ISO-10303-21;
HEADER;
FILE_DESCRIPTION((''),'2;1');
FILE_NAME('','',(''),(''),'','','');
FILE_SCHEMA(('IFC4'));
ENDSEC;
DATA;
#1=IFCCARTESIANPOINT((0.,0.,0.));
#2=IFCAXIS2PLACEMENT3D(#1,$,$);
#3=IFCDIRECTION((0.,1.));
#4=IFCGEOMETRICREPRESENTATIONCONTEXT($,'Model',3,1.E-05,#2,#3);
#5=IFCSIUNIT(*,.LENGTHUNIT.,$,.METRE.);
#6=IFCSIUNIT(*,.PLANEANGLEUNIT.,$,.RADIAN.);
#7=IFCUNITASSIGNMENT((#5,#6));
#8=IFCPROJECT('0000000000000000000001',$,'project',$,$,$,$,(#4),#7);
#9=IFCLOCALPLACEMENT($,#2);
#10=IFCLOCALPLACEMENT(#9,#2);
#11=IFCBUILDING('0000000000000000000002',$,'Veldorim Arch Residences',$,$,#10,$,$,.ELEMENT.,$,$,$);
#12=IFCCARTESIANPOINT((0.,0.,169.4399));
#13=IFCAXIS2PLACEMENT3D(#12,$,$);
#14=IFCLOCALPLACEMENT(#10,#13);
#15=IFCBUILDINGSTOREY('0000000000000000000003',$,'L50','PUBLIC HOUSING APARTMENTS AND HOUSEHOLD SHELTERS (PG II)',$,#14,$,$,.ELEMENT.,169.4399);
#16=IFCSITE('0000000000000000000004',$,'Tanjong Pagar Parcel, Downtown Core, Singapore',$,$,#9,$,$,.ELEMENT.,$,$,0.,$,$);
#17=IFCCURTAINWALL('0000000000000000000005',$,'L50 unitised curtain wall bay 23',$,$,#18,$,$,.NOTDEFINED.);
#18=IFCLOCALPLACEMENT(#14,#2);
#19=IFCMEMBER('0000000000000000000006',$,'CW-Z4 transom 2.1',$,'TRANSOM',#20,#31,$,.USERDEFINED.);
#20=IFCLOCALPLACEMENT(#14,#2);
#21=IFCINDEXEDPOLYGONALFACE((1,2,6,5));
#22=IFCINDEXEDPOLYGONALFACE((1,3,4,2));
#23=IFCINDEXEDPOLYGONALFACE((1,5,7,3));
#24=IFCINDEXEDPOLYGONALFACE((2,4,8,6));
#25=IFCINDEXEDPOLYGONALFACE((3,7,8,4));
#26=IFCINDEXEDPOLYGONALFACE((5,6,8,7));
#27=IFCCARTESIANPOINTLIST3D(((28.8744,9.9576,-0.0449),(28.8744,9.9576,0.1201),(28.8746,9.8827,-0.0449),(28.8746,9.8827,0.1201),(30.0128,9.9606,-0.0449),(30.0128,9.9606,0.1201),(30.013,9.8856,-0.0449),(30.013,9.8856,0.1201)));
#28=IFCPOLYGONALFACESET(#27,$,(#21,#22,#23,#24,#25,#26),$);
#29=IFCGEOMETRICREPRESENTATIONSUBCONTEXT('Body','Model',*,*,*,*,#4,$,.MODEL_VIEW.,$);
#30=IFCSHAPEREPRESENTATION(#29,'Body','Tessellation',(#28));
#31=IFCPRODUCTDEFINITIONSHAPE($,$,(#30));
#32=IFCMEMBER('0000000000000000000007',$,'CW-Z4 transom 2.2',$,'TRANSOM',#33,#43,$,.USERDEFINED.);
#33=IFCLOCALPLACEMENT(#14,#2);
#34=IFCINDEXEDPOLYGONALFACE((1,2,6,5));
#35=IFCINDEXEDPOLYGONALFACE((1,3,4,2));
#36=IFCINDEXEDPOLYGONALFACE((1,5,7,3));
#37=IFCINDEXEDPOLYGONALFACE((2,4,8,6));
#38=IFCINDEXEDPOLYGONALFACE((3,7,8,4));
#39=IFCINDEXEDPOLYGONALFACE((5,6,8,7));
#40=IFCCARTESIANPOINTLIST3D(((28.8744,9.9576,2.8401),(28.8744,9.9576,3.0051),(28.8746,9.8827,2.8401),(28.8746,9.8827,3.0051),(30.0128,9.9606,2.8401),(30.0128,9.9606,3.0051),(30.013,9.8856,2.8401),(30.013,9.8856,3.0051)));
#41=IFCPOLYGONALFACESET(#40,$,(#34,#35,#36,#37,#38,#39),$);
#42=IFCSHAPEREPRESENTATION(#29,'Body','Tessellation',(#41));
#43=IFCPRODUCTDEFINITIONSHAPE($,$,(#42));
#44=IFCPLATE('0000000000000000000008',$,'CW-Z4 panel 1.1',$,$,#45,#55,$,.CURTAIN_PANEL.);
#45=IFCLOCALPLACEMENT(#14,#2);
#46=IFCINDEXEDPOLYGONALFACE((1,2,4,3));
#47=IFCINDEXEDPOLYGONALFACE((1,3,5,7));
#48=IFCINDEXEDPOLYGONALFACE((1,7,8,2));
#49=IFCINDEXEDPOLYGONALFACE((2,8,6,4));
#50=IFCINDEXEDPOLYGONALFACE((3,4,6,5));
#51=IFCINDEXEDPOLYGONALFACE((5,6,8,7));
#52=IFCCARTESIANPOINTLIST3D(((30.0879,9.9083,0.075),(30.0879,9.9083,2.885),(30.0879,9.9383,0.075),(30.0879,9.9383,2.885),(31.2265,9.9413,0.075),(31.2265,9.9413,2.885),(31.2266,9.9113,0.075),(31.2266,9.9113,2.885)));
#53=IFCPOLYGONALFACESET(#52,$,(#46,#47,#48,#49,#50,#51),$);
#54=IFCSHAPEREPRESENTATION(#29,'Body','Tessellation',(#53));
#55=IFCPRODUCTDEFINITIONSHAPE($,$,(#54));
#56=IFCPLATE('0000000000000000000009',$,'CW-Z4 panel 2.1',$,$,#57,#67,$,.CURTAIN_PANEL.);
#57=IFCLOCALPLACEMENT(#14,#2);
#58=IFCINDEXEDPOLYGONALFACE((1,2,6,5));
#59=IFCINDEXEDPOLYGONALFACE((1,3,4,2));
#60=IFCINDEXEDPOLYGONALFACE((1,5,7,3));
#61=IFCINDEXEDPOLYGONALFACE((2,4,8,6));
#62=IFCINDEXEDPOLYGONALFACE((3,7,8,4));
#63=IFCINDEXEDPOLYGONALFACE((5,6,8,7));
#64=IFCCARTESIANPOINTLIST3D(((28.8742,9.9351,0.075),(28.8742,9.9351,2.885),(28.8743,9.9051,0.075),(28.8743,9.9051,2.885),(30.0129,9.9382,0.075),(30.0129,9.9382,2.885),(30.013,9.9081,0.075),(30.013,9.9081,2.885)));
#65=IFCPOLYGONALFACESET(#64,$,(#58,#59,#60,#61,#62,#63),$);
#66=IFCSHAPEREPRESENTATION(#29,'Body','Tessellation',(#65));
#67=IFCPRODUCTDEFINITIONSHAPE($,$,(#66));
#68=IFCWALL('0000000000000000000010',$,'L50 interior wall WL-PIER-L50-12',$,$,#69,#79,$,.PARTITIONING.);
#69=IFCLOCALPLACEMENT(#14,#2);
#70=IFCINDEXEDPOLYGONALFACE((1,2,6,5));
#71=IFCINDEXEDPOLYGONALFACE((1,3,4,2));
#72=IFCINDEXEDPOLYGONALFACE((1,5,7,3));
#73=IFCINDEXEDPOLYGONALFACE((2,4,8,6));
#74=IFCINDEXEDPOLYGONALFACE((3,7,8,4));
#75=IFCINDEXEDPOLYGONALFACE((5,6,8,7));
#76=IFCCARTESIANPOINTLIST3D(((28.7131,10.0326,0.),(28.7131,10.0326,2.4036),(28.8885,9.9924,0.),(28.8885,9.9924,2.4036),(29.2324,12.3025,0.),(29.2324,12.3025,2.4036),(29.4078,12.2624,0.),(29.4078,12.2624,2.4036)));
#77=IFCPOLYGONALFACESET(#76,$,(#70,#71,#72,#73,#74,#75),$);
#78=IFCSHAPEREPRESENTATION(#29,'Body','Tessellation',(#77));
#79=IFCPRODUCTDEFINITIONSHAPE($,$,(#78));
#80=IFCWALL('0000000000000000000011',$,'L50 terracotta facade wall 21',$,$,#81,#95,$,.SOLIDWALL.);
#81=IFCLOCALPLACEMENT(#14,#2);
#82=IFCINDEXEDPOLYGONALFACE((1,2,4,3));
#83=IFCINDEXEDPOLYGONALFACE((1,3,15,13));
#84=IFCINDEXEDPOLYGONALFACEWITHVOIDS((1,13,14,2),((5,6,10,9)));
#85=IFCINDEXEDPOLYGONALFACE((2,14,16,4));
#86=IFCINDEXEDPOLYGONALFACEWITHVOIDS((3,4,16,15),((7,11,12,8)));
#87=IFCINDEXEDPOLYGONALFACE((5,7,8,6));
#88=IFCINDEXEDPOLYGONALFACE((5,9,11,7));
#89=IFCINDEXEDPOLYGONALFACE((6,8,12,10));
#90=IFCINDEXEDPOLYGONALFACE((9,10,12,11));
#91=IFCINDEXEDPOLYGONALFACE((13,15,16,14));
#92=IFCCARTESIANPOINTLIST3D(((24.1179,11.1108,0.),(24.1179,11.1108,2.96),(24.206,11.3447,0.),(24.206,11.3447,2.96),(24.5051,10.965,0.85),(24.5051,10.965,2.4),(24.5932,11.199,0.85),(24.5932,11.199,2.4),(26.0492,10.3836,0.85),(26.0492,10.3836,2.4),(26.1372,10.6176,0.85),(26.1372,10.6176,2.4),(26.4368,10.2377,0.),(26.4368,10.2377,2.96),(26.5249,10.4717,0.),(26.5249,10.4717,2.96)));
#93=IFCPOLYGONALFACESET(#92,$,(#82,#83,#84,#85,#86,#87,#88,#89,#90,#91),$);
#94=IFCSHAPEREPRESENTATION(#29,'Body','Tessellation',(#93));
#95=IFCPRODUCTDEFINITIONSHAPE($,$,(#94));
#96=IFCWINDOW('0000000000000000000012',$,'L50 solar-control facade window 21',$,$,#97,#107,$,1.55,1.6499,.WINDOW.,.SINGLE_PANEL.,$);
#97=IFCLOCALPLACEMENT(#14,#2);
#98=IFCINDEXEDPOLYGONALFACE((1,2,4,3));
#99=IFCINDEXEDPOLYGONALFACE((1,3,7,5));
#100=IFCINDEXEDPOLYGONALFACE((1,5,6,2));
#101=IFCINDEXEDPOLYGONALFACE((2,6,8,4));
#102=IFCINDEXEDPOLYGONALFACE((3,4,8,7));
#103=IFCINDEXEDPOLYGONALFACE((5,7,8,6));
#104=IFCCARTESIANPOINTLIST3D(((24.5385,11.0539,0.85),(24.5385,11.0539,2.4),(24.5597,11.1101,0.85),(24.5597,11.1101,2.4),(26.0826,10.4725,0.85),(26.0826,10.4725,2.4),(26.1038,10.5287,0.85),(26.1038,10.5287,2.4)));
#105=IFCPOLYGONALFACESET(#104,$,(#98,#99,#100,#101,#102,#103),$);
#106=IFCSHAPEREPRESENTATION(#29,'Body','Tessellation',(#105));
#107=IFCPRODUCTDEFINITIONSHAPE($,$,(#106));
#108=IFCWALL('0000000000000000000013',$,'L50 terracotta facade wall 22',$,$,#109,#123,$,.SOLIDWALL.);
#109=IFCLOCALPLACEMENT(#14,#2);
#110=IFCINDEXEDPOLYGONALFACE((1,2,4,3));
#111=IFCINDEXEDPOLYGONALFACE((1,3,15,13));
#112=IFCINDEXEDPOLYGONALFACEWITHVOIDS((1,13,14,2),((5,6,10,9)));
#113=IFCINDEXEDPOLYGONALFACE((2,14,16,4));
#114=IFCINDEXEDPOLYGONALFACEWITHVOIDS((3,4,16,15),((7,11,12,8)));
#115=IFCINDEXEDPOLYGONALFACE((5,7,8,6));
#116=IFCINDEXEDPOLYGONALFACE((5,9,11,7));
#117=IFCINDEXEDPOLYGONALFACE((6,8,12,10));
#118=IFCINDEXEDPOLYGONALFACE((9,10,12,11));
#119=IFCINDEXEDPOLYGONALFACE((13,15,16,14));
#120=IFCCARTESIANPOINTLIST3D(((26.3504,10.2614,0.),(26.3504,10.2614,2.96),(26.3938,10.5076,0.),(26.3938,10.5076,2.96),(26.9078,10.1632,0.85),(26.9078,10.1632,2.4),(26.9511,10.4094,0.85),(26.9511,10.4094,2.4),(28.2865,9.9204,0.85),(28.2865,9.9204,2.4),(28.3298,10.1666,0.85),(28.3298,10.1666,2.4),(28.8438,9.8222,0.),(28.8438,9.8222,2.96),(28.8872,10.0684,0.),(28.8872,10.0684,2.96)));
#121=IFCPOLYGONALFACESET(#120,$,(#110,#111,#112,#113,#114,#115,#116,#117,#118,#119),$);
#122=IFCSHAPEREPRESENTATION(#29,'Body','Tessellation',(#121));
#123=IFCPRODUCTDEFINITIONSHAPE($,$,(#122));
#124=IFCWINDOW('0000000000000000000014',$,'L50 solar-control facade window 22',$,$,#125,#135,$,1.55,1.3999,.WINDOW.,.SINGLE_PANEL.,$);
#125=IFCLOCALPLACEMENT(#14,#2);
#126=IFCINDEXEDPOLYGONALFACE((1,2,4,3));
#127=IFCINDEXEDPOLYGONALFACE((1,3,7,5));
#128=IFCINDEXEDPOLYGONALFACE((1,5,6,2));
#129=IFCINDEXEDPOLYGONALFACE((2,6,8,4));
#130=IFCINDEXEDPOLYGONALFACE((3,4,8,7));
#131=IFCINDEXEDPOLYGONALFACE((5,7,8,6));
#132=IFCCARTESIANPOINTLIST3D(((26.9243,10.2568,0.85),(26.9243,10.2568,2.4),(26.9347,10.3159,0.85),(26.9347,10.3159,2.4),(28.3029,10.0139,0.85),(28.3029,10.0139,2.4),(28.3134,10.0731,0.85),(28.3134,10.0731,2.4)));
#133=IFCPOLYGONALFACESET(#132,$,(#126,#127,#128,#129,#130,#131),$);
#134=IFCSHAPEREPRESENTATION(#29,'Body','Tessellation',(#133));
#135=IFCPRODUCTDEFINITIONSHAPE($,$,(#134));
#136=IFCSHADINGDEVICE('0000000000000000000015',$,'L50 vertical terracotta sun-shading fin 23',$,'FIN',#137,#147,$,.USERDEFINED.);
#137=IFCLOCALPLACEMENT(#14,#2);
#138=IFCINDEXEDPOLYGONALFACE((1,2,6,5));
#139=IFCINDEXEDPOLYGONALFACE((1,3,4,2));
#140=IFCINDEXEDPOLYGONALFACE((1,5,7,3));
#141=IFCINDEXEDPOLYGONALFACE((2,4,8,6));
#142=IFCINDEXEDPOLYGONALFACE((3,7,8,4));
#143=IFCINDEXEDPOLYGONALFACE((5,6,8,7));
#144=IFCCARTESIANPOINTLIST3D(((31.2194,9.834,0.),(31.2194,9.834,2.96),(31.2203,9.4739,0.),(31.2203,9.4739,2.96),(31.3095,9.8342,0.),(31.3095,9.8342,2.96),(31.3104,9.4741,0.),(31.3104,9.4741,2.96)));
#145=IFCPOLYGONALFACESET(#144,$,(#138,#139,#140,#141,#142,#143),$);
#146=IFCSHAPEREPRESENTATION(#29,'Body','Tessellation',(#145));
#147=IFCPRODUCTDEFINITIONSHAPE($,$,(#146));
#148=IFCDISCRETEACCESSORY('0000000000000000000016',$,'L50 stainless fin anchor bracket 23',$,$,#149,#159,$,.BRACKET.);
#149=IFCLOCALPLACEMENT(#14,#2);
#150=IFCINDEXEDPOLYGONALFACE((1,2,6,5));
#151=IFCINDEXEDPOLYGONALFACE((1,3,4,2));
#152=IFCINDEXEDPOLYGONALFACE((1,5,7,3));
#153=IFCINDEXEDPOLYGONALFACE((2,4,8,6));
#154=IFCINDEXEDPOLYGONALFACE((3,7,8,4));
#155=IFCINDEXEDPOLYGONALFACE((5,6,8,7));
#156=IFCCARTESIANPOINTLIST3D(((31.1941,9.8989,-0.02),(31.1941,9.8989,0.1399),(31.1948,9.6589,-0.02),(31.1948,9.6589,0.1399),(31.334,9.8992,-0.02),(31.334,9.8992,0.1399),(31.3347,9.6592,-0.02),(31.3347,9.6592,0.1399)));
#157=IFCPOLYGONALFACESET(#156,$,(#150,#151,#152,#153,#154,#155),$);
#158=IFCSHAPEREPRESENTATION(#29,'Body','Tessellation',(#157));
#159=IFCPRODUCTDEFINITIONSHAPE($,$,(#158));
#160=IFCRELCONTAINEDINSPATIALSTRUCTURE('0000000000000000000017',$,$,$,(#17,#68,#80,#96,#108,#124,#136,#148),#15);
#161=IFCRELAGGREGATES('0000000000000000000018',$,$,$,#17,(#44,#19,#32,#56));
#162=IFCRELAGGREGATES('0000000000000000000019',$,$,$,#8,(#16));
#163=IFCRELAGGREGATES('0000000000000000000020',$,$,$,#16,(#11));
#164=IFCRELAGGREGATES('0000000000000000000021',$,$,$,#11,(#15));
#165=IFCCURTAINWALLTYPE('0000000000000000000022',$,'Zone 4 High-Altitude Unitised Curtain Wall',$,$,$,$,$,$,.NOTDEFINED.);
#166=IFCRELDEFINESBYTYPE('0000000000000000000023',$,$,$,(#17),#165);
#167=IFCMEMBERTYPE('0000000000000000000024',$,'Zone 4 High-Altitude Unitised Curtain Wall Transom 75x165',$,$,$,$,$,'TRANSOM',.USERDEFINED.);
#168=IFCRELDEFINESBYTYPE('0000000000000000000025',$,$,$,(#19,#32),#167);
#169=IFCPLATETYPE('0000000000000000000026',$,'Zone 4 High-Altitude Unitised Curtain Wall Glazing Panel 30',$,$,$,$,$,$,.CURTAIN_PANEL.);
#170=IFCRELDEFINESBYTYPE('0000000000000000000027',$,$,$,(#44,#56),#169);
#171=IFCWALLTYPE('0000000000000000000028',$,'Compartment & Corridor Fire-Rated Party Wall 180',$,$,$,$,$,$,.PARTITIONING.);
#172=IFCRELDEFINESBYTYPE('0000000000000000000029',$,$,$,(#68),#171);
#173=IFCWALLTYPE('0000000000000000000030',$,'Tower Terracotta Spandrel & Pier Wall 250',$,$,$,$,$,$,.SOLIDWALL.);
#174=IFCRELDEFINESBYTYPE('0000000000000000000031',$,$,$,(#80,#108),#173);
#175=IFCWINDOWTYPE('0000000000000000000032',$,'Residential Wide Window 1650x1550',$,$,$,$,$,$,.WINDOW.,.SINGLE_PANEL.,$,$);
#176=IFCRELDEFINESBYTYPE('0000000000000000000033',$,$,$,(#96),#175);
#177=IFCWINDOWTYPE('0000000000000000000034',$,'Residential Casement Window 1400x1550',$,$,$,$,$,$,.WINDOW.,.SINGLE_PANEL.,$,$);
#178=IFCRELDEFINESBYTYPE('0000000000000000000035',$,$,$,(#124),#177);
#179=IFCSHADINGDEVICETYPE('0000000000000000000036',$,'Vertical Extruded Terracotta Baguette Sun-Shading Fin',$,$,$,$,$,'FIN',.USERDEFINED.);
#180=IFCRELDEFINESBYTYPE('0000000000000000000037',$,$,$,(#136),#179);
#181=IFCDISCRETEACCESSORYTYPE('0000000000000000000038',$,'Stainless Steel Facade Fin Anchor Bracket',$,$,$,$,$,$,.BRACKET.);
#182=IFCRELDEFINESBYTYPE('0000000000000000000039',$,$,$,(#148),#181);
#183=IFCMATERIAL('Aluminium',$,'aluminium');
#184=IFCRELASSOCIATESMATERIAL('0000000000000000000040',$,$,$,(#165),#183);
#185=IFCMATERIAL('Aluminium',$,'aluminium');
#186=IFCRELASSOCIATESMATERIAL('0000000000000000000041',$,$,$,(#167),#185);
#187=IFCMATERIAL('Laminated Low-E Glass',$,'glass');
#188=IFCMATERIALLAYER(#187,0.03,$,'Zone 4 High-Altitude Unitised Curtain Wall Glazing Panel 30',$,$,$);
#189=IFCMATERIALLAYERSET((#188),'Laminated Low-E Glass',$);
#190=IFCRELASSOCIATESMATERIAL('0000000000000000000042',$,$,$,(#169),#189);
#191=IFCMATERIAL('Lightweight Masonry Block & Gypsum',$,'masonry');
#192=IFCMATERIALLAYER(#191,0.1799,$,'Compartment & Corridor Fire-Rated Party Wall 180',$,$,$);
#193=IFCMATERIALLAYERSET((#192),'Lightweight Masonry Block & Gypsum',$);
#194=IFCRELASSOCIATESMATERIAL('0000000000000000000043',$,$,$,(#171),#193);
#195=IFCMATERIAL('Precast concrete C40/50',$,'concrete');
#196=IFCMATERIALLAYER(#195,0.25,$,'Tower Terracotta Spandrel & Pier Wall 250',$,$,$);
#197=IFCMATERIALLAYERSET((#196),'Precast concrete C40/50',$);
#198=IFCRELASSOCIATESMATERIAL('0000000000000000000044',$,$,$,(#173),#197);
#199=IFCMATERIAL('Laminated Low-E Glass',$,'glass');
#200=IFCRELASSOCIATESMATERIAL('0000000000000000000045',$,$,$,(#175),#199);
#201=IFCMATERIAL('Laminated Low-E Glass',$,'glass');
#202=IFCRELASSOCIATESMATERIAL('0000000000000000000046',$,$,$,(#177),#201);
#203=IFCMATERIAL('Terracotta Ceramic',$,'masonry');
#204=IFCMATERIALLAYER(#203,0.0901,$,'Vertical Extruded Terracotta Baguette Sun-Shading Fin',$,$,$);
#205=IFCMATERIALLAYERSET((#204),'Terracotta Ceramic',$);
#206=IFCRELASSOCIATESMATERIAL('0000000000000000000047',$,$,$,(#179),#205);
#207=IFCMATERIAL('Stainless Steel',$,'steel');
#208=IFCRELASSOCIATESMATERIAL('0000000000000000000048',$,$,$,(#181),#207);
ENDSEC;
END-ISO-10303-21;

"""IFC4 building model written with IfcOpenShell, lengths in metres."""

from ifc_helpers import new_model, si_unit, direction, frame, frame_2d, origin, origin_2d, place, context, subcontext, project, spatial, rectangle, extrude, material, layer, layer_set, material_profile, profile_set, type_object, element, fill, aggregate, save


model = new_model("IFC4")

# Units and contexts
model_context = context("Model", 3, precision=1e-05, world=origin(), true_north=direction((0.0, 1.0)))
body_context = subcontext(model_context, "Body", "Model", "MODEL_VIEW")
ifc_project = project(units=[si_unit("LENGTHUNIT", "METRE"), si_unit("PLANEANGLEUNIT", "RADIAN")], contexts=[model_context])

# Site, building, storey
site_placement = place(None, origin())
site = spatial("IfcSite", under=ifc_project, at=site_placement, Name="Tanjong Pagar Parcel, Downtown Core, Singapore", CompositionType="ELEMENT", RefElevation=0.0)
building_placement = place(site_placement, origin())
building = spatial("IfcBuilding", under=site, at=building_placement, Name="Veldorim Arch Residences", CompositionType="ELEMENT")
storey_placement = place(building_placement, frame((0.0, 0.0, 169.4399)))
storey = spatial("IfcBuildingStorey", under=building, at=storey_placement, Name="L50", Description="PUBLIC HOUSING APARTMENTS AND HOUSEHOLD SHELTERS (PG II)", CompositionType="ELEMENT", Elevation=169.4399)

# Curtain wall, members, plates
ifc_material_1 = material(Name="Aluminium", Category="aluminium")
curtain_wall_type = type_object("IfcCurtainWallType", Name="Zone 4 High-Altitude Unitised Curtain Wall", PredefinedType="NOTDEFINED", material=ifc_material_1)
curtain_wall_placement = place(storey_placement, origin())
curtain_wall = element("IfcCurtainWall", 1, at=curtain_wall_placement, inside=storey, type_object=curtain_wall_type, Name="L50 unitised curtain wall bay 23", PredefinedType="NOTDEFINED")
ifc_material_2 = material(Name="Aluminium", Category="aluminium")
ifc_material_profile_1 = material_profile(ifc_material_2, rectangle(XDim=0.075, YDim=0.165, at=origin_2d()), Name="ALU_TRN_75x165")
ifc_profile_set_1 = profile_set([ifc_material_profile_1], Name="Aluminium")
member_type_1 = type_object("IfcMemberType", Name="Zone 4 High-Altitude Unitised Curtain Wall Transom 75x165", ElementType="TRANSOM", PredefinedType="USERDEFINED", material=ifc_profile_set_1)
member_1_placement = place(storey_placement, frame((30.0129, 9.9231, 0.0376), z_axis=(-0.999997, -0.002573, 0.0), x_axis=(0.002573, -0.999997, 0.0)))
member_1 = element("IfcMember", 2, at=member_1_placement, type_object=member_type_1, Name="CW-Z4 transom 2.1", ObjectType="TRANSOM", PredefinedType="USERDEFINED", context=body_context, shape_type="SweptSolid", body=[
    extrude(rectangle(XDim=0.075, YDim=0.165, at=origin_2d()), origin(), (0.0, 0.0, 1.0), 1.1384),
])
member_2_placement = place(storey_placement, frame((30.0129, 9.9231, 2.9226), z_axis=(-0.999997, -0.002573, 0.0), x_axis=(0.002573, -0.999997, 0.0)))
member_2 = element("IfcMember", 3, at=member_2_placement, type_object=member_type_1, Name="CW-Z4 transom 2.2", ObjectType="TRANSOM", PredefinedType="USERDEFINED", context=body_context, shape_type="SweptSolid", body=[
    extrude(rectangle(XDim=0.075, YDim=0.165, at=origin_2d()), origin(), (0.0, 0.0, 1.0), 1.1384),
])
ifc_material_3 = material(Name="Laminated Low-E Glass", Category="glass")
ifc_layer_1 = layer(ifc_material_3, 0.03, Name="Zone 4 High-Altitude Unitised Curtain Wall Glazing Panel 30")
ifc_layer_set_1 = layer_set([ifc_layer_1], Name="Laminated Low-E Glass")
plate_type = type_object("IfcPlateType", Name="Zone 4 High-Altitude Unitised Curtain Wall Glazing Panel 30", PredefinedType="CURTAIN_PANEL", material=ifc_layer_set_1)
plate_1_placement = place(storey_placement, frame((30.6572, 9.9248, 0.075), z_axis=(0.0, 0.0, 1.0), x_axis=(-0.999996, -0.002678, 0.0)))
plate_1 = element("IfcPlate", 4, at=plate_1_placement, type_object=plate_type, Name="CW-Z4 panel 1.1", PredefinedType="CURTAIN_PANEL", context=body_context, shape_type="SweptSolid", body=[
    extrude(rectangle(XDim=1.1387, YDim=0.03, at=origin_2d()), origin(), (0.0, 0.0, 1.0), 2.8101),
])
plate_2_placement = place(storey_placement, frame((29.4436, 9.9216, 0.075), z_axis=(0.0, 0.0, 1.0), x_axis=(-0.999996, -0.002678, 0.0)))
plate_2 = element("IfcPlate", 5, at=plate_2_placement, type_object=plate_type, Name="CW-Z4 panel 2.1", PredefinedType="CURTAIN_PANEL", context=body_context, shape_type="SweptSolid", body=[
    extrude(rectangle(XDim=1.1387, YDim=0.03, at=origin_2d()), origin(), (0.0, 0.0, 1.0), 2.8101),
])
aggregate(curtain_wall, [plate_1, member_1, member_2, plate_2])

# Wall
ifc_material_4 = material(Name="Lightweight Masonry Block & Gypsum", Category="masonry")
ifc_layer_2 = layer(ifc_material_4, 0.1799, Name="Compartment & Corridor Fire-Rated Party Wall 180")
ifc_layer_set_2 = layer_set([ifc_layer_2], Name="Lightweight Masonry Block & Gypsum")
wall_type_1 = type_object("IfcWallType", Name="Compartment & Corridor Fire-Rated Party Wall 180", PredefinedType="PARTITIONING", material=ifc_layer_set_2)
wall_1_placement = place(storey_placement, frame((29.3201, 12.2825, 0.0), z_axis=(0.0, 0.0, 1.0), x_axis=(-0.222998, -0.974819, 0.0)))
element("IfcWall", 6, at=wall_1_placement, inside=storey, type_object=wall_type_1, Name="L50 interior wall WL-PIER-L50-12", PredefinedType="PARTITIONING", context=body_context, shape_type="SweptSolid", body=[
    extrude(rectangle(XDim=2.3286, YDim=0.1799, at=frame_2d((1.1643, 0.0))), origin(), (0.0, 0.0, 1.0), 2.4036),
])

# Walls, openings, windows
ifc_material_5 = material(Name="Precast concrete C40/50", Category="concrete")
ifc_layer_3 = layer(ifc_material_5, 0.25, Name="Tower Terracotta Spandrel & Pier Wall 250")
ifc_layer_set_3 = layer_set([ifc_layer_3], Name="Precast concrete C40/50")
wall_type_2 = type_object("IfcWallType", Name="Tower Terracotta Spandrel & Pier Wall 250", PredefinedType="SOLIDWALL", material=ifc_layer_set_3)
wall_2_placement = place(storey_placement, frame((26.4807, 10.3547, 0.0), z_axis=(0.0, 0.0, 1.0), x_axis=(-0.935867, 0.352354, 0.0)))
wall_2 = element("IfcWall", 7, at=wall_2_placement, inside=storey, type_object=wall_type_2, Name="L50 terracotta facade wall 21", PredefinedType="SOLIDWALL", context=body_context, shape_type="SweptSolid", body=[
    extrude(rectangle(XDim=2.4778, YDim=0.25, at=frame_2d((1.2388, 0.0))), origin(), (0.0, 0.0, 1.0), 2.96),
])
opening_1_placement = place(wall_2_placement, frame((0.4141, 0.0, 0.8501)))
opening_1 = element("IfcOpeningElement", 8, at=opening_1_placement, cuts=wall_2, PredefinedType="OPENING", context=body_context, shape_type="SweptSolid", body=[
    extrude(rectangle(XDim=1.6499, YDim=1.55, at=frame_2d((0.825, 0.7749))), frame((0.0, 0.135, 0.0), z_axis=(0.0, -1.0, 0.0), x_axis=(1.0, 0.0, 0.0)), (0.0, 0.0, 1.0), 0.27),
])
ifc_material_6 = material(Name="Laminated Low-E Glass", Category="glass")
window_type_1 = type_object("IfcWindowType", Name="Residential Wide Window 1650x1550", PartitioningType="SINGLE_PANEL", PredefinedType="WINDOW", material=ifc_material_6)
window_1_placement = place(opening_1_placement, origin())
window_1 = element("IfcWindow", 9, at=window_1_placement, inside=storey, type_object=window_type_1, Name="L50 solar-control facade window 21", OverallHeight=1.55, OverallWidth=1.6499, PartitioningType="SINGLE_PANEL", PredefinedType="WINDOW", context=body_context, shape_type="SweptSolid", body=[
    extrude(rectangle(XDim=1.6499, YDim=1.55, at=frame_2d((0.825, 0.7749))), frame((0.0, 0.03, 0.0), z_axis=(0.0, -1.0, 0.0), x_axis=(1.0, 0.0, 0.0)), (0.0, 0.0, 1.0), 0.0601),
])
fill(opening_1, window_1)
wall_3_placement = place(storey_placement, frame((28.8655, 9.9453, 0.0), z_axis=(0.0, 0.0, 1.0), x_axis=(-0.984838, 0.173477, 0.0)))
wall_3 = element("IfcWall", 10, at=wall_3_placement, inside=storey, type_object=wall_type_2, Name="L50 terracotta facade wall 22", PredefinedType="SOLIDWALL", context=body_context, shape_type="SweptSolid", body=[
    extrude(rectangle(XDim=2.5317, YDim=0.25, at=frame_2d((1.2659, 0.0))), origin(), (0.0, 0.0, 1.0), 2.96),
])
opening_2_placement = place(wall_3_placement, frame((0.5659, 0.0, 0.8501)))
opening_2 = element("IfcOpeningElement", 11, at=opening_2_placement, cuts=wall_3, PredefinedType="OPENING", context=body_context, shape_type="SweptSolid", body=[
    extrude(rectangle(XDim=1.3999, YDim=1.55, at=frame_2d((0.7, 0.7749))), frame((0.0, 0.135, 0.0), z_axis=(0.0, -1.0, 0.0), x_axis=(1.0, 0.0, 0.0)), (0.0, 0.0, 1.0), 0.27),
])
ifc_material_7 = material(Name="Laminated Low-E Glass", Category="glass")
window_type_2 = type_object("IfcWindowType", Name="Residential Casement Window 1400x1550", PartitioningType="SINGLE_PANEL", PredefinedType="WINDOW", material=ifc_material_7)
window_2_placement = place(opening_2_placement, origin())
window_2 = element("IfcWindow", 12, at=window_2_placement, inside=storey, type_object=window_type_2, Name="L50 solar-control facade window 22", OverallHeight=1.55, OverallWidth=1.3999, PartitioningType="SINGLE_PANEL", PredefinedType="WINDOW", context=body_context, shape_type="SweptSolid", body=[
    extrude(rectangle(XDim=1.3999, YDim=1.55, at=frame_2d((0.7, 0.7749))), frame((0.0, 0.03, 0.0), z_axis=(0.0, -1.0, 0.0), x_axis=(1.0, 0.0, 0.0)), (0.0, 0.0, 1.0), 0.0601),
])
fill(opening_2, window_2)

# Shading device
ifc_material_8 = material(Name="Terracotta Ceramic", Category="masonry")
ifc_layer_4 = layer(ifc_material_8, 0.0901, Name="Vertical Extruded Terracotta Baguette Sun-Shading Fin")
ifc_layer_set_4 = layer_set([ifc_layer_4], Name="Terracotta Ceramic")
shading_device_type = type_object("IfcShadingDeviceType", Name="Vertical Extruded Terracotta Baguette Sun-Shading Fin", ElementType="FIN", PredefinedType="USERDEFINED", material=ifc_layer_set_4)
shading_device_placement = place(storey_placement, frame((31.2649, 9.6541, 0.0), z_axis=(0.0, 0.0, 1.0), x_axis=(-0.999997, -0.002618, 0.0)))
element("IfcShadingDevice", 13, at=shading_device_placement, inside=storey, type_object=shading_device_type, Name="L50 vertical terracotta sun-shading fin 23", ObjectType="FIN", PredefinedType="USERDEFINED", context=body_context, shape_type="SweptSolid", body=[
    extrude(rectangle(XDim=0.0901, YDim=0.3601, at=origin_2d()), origin(), (0.0, 0.0, 1.0), 2.96),
])

# Discrete accessory
ifc_material_9 = material(Name="Stainless Steel", Category="steel")
discrete_accessory_type = type_object("IfcDiscreteAccessoryType", Name="Stainless Steel Facade Fin Anchor Bracket", PredefinedType="BRACKET", material=ifc_material_9)
discrete_accessory_placement = place(storey_placement, frame((31.2644, 9.7791, -0.02), z_axis=(0.0, 0.0, 1.0), x_axis=(-0.999997, -0.002618, 0.0)))
element("IfcDiscreteAccessory", 14, at=discrete_accessory_placement, inside=storey, type_object=discrete_accessory_type, Name="L50 stainless fin anchor bracket 23", PredefinedType="BRACKET", context=body_context, shape_type="SweptSolid", body=[
    extrude(rectangle(XDim=0.1399, YDim=0.24, at=origin_2d()), origin(), (0.0, 0.0, 1.0), 0.1599),
])

save(model, "model.ifc")
